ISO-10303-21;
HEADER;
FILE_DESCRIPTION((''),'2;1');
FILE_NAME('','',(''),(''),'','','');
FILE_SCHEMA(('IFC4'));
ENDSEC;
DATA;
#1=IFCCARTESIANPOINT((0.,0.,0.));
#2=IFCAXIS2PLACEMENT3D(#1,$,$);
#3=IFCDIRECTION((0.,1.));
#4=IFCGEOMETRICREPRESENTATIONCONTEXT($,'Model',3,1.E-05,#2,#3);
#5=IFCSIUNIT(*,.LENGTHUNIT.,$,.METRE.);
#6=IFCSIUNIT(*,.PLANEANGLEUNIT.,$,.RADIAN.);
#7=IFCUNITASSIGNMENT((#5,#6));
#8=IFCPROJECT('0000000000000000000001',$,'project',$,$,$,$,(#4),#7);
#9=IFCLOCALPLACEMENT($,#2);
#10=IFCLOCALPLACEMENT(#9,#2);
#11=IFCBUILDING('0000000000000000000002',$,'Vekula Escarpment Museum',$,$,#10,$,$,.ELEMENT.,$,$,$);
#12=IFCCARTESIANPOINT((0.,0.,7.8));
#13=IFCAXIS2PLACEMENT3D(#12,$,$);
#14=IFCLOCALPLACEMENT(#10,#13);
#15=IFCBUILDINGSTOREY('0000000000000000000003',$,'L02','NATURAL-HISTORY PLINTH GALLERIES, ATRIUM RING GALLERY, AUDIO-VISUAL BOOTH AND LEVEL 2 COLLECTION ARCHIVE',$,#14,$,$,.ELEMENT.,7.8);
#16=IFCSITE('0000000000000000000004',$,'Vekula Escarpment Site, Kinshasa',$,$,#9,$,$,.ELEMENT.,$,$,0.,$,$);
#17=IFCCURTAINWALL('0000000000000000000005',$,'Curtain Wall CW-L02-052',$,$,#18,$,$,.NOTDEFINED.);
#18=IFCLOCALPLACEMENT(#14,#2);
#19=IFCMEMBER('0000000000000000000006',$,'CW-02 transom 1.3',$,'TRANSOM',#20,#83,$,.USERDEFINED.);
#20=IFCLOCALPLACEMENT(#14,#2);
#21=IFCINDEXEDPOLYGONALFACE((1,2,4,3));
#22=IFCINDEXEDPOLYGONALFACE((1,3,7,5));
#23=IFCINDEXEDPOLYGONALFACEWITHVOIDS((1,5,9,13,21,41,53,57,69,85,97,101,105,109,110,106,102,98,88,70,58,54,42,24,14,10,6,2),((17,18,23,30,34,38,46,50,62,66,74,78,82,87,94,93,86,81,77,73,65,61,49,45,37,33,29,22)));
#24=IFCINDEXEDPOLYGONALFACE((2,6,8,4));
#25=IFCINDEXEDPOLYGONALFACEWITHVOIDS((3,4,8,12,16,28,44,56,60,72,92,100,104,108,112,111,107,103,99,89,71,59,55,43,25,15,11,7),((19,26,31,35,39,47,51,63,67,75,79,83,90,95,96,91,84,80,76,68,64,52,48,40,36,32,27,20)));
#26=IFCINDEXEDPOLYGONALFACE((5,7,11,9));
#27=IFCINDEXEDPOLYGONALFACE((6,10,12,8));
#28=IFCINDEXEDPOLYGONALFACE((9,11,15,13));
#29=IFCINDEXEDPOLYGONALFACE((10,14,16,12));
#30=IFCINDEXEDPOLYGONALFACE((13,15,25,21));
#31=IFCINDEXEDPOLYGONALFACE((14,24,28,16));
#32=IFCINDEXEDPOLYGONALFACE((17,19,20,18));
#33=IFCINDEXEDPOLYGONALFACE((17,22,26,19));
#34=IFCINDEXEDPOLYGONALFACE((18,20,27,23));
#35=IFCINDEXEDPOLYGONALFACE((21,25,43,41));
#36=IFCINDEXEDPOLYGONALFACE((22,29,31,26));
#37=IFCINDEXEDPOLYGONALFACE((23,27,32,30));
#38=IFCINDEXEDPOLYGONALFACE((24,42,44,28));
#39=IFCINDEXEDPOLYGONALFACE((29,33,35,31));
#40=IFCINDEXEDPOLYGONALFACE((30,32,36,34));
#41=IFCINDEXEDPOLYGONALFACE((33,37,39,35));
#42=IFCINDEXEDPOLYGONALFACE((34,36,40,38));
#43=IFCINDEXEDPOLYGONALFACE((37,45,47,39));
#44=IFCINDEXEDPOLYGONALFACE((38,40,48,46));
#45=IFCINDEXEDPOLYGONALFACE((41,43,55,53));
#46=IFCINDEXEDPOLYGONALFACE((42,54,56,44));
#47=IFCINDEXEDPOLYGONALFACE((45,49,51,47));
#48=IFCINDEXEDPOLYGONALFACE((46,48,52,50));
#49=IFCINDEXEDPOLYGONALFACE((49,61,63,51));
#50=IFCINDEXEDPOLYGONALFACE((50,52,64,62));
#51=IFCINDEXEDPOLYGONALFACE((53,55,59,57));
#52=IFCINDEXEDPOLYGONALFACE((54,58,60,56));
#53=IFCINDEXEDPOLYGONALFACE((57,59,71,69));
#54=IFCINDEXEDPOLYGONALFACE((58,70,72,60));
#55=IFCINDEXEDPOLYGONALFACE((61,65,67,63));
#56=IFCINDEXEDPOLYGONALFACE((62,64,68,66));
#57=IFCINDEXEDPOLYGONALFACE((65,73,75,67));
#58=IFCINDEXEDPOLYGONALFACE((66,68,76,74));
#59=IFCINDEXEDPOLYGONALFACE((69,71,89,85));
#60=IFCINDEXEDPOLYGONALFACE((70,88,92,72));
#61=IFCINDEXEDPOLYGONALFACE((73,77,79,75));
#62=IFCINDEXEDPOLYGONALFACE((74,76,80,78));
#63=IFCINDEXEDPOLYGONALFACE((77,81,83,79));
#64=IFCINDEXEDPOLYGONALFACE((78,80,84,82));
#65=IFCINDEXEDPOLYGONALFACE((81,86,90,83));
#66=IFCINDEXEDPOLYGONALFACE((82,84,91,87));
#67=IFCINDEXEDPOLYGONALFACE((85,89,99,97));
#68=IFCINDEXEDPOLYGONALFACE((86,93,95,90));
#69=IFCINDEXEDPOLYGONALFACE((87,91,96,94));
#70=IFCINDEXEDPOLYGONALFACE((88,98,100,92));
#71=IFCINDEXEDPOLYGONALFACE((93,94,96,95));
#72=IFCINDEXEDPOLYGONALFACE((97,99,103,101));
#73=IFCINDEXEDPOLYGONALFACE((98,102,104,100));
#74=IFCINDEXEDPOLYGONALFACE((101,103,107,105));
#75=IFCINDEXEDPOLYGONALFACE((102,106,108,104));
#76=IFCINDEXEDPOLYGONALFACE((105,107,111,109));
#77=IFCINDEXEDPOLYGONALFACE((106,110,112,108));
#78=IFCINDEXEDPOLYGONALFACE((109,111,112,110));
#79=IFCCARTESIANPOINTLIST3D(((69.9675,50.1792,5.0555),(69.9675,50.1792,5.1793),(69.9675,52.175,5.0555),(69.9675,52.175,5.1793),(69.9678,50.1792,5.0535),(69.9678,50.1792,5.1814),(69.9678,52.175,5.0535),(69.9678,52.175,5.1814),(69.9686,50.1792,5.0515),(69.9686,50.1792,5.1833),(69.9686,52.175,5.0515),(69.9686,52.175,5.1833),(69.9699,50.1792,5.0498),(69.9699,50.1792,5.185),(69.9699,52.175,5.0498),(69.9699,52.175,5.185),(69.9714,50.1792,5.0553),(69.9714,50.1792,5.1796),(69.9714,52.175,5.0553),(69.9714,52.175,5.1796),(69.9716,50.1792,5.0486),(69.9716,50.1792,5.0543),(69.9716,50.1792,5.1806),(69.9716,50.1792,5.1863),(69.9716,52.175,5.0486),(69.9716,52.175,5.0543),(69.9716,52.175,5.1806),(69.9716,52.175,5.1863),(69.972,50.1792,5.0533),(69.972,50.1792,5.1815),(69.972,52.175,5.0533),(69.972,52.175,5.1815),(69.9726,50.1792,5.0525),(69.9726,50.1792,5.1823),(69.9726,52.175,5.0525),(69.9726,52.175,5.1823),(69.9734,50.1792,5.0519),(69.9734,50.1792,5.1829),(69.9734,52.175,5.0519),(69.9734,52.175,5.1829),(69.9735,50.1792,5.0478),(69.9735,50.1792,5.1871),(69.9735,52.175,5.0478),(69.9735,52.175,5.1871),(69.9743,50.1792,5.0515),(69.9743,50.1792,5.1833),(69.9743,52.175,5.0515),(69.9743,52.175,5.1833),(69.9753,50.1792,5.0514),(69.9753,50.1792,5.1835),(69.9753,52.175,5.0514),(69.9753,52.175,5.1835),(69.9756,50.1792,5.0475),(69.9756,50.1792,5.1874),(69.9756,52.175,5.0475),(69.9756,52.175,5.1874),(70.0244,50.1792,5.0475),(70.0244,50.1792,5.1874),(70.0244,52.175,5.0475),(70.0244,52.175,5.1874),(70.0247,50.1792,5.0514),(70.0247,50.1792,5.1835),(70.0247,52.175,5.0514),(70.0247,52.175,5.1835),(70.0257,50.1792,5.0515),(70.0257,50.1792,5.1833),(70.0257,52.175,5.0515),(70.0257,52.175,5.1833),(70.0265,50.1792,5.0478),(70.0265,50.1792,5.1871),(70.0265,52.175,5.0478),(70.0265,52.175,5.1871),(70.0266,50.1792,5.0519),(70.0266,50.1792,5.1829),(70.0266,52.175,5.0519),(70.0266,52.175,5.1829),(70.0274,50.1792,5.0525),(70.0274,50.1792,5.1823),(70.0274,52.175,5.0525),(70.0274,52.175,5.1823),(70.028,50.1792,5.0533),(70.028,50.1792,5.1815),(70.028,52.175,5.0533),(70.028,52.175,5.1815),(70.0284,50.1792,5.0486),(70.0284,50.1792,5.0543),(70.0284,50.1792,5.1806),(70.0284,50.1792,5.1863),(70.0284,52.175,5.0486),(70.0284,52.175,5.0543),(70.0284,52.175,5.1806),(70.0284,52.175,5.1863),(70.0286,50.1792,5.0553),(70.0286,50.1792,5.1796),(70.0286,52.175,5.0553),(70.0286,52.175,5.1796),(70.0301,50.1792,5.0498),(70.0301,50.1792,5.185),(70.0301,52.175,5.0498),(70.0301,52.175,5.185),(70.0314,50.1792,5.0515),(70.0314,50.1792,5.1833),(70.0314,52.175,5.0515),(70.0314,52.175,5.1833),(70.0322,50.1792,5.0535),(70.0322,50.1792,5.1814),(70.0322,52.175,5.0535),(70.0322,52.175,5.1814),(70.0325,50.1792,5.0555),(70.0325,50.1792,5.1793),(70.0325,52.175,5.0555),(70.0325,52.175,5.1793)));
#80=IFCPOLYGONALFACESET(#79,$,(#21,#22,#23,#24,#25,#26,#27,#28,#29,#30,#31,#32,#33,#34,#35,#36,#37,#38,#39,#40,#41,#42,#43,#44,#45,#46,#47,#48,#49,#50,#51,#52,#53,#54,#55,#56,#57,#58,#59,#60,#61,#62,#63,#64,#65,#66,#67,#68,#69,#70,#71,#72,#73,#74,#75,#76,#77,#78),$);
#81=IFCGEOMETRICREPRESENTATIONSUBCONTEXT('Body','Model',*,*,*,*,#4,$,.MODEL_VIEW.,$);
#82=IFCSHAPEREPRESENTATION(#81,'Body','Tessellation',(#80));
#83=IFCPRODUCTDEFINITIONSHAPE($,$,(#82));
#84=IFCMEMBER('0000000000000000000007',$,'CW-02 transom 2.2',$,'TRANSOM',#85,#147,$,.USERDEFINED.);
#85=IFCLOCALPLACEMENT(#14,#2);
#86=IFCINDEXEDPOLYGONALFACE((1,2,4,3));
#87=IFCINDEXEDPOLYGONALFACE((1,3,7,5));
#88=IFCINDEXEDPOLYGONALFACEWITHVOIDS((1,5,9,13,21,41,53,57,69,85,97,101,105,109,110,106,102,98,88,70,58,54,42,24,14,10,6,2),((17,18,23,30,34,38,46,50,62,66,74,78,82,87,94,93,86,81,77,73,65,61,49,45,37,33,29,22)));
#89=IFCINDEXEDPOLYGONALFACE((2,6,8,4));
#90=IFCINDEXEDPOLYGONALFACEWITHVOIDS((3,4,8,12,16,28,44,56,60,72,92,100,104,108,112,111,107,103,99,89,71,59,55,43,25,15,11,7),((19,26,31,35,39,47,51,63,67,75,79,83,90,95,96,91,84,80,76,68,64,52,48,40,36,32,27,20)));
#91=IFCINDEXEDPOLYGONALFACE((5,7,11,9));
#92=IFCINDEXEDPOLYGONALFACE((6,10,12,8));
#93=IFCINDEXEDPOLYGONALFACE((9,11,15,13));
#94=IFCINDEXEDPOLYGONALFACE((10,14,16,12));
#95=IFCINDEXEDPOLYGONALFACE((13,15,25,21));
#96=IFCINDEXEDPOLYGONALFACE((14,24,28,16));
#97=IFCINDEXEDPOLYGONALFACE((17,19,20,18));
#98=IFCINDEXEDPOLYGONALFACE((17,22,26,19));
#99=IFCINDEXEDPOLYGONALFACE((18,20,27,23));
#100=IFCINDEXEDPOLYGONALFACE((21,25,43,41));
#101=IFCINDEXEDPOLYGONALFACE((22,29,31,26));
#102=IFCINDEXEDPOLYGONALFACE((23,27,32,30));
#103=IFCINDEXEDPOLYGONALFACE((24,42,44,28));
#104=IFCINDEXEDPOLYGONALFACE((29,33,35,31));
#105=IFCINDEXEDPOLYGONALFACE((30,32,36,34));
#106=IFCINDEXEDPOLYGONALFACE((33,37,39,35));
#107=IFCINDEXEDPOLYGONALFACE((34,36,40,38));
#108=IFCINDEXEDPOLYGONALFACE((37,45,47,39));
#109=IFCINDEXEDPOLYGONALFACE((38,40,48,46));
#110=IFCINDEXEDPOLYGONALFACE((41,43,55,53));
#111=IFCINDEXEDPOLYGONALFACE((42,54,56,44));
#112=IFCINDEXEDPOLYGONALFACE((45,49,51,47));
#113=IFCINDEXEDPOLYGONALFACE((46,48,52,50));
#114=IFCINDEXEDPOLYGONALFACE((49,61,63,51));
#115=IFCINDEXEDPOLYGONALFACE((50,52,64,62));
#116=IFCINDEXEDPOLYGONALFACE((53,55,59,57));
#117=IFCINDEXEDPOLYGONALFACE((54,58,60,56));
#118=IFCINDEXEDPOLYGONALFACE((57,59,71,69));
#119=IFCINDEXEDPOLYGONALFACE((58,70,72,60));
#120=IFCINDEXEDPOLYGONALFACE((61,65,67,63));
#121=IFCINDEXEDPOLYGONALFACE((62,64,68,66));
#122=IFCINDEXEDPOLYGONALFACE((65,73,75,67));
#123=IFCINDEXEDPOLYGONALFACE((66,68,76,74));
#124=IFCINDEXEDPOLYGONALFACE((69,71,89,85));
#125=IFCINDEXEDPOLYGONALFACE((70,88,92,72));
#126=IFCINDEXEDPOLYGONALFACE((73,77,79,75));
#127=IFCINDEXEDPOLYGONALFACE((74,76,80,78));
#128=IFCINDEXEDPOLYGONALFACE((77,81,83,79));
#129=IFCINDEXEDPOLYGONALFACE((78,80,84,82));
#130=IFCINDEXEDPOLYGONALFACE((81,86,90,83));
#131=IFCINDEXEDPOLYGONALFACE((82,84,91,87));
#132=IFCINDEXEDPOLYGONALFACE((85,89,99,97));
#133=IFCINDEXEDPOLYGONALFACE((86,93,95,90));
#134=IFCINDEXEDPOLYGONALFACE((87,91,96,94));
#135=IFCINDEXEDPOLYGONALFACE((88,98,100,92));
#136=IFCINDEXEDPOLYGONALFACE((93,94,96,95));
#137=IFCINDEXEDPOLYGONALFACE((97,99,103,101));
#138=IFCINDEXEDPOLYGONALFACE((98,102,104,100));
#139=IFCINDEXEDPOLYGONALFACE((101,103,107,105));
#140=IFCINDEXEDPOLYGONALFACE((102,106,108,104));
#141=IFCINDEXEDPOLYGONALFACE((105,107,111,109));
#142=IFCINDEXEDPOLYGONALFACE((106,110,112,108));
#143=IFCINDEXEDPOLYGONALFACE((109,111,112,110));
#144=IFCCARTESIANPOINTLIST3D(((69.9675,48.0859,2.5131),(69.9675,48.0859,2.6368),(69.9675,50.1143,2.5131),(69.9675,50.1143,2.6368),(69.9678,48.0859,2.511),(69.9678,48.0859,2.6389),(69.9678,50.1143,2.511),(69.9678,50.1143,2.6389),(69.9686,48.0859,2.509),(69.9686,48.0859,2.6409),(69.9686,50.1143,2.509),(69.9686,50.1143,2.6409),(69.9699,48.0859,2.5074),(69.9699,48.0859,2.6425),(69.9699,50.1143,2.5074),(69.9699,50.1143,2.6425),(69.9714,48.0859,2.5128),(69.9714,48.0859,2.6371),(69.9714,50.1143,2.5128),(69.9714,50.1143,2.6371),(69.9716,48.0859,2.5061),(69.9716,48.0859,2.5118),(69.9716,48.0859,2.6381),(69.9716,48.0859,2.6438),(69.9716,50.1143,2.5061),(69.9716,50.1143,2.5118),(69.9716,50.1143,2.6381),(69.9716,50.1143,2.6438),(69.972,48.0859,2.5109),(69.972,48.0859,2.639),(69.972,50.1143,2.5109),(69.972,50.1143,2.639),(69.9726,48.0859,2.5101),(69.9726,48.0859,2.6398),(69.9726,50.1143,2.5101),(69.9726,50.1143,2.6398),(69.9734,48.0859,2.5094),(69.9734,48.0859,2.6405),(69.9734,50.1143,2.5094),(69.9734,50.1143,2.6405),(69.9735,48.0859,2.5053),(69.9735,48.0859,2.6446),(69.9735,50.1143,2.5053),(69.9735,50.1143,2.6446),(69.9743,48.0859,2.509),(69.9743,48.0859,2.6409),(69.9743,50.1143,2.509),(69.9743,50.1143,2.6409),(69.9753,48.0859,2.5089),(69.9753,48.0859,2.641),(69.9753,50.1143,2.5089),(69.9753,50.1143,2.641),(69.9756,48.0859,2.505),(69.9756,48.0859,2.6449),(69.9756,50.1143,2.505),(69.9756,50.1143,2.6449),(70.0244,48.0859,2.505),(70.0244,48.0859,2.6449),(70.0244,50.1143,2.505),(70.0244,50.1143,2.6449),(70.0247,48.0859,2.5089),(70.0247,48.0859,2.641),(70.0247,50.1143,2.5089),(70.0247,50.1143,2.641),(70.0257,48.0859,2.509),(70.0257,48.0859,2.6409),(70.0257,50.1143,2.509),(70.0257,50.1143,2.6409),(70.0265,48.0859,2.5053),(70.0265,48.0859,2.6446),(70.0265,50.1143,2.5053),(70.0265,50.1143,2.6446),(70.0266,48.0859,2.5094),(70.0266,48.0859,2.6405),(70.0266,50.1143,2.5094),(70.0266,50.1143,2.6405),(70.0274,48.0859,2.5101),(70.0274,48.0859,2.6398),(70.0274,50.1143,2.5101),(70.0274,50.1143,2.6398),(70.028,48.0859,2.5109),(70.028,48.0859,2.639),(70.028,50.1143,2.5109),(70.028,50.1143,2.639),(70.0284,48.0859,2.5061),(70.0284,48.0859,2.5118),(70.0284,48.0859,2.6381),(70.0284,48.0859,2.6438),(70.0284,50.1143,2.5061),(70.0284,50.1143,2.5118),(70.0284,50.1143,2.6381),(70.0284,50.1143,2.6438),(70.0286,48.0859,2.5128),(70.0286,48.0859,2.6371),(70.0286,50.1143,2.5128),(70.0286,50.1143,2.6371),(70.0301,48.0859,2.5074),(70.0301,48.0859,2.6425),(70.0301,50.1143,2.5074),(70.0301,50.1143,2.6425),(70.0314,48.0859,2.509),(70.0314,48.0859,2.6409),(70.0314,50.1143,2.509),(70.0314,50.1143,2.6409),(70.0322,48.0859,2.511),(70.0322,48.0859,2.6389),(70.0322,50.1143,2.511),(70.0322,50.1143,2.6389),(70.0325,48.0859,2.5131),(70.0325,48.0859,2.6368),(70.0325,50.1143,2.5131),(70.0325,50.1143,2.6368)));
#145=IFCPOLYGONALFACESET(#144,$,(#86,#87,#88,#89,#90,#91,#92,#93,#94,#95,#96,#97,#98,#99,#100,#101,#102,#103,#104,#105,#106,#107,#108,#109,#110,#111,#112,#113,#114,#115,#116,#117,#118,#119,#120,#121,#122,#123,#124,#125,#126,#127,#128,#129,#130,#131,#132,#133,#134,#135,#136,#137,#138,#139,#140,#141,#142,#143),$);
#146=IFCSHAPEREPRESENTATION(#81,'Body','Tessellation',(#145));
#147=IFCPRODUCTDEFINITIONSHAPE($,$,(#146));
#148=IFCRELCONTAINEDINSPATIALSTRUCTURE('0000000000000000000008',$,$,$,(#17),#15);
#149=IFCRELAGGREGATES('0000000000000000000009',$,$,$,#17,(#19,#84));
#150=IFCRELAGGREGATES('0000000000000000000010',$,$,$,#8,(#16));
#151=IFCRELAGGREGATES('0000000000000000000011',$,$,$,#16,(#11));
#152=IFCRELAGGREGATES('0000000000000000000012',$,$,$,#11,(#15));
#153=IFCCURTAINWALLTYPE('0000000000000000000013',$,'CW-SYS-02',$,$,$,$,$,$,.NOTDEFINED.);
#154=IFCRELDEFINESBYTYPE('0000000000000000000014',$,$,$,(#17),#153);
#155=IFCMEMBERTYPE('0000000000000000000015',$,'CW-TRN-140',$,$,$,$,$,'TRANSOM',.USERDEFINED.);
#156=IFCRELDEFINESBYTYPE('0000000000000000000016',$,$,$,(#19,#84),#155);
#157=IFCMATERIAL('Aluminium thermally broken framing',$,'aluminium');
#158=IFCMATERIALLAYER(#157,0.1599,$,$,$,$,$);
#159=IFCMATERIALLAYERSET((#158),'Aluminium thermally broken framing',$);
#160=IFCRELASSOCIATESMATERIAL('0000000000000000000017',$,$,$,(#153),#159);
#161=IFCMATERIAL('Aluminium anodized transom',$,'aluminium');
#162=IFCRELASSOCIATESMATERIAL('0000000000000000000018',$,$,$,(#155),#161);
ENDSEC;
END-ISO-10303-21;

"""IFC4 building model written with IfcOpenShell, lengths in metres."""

from ifc_helpers import new_model, si_unit, direction, frame, origin, origin_2d, place, context, subcontext, project, spatial, hollow_rectangle, extrude, material, layer, layer_set, material_profile, profile_set, type_object, element, aggregate, save


model = new_model("IFC4")

# Units and contexts
model_context = context("Model", 3, precision=1e-05, world=origin(), true_north=direction((0.0, 1.0)))
body_context = subcontext(model_context, "Body", "Model", "MODEL_VIEW")
ifc_project = project(units=[si_unit("LENGTHUNIT", "METRE"), si_unit("PLANEANGLEUNIT", "RADIAN")], contexts=[model_context])

# Site, building, storey
site_placement = place(None, origin())
site = spatial("IfcSite", under=ifc_project, at=site_placement, Name="Vekula Escarpment Site, Kinshasa", CompositionType="ELEMENT", RefElevation=0.0)
building_placement = place(site_placement, origin())
building = spatial("IfcBuilding", under=site, at=building_placement, Name="Vekula Escarpment Museum", CompositionType="ELEMENT")
storey_placement = place(building_placement, frame((0.0, 0.0, 7.8)))
storey = spatial("IfcBuildingStorey", under=building, at=storey_placement, Name="L02", Description="NATURAL-HISTORY PLINTH GALLERIES, ATRIUM RING GALLERY, AUDIO-VISUAL BOOTH AND LEVEL 2 COLLECTION ARCHIVE", CompositionType="ELEMENT", Elevation=7.8)

# Curtain wall, members
ifc_material_1 = material(Name="Aluminium thermally broken framing", Category="aluminium")
ifc_layer_1 = layer(ifc_material_1, 0.1599)
ifc_layer_set_1 = layer_set([ifc_layer_1], Name="Aluminium thermally broken framing")
curtain_wall_type = type_object("IfcCurtainWallType", Name="CW-SYS-02", PredefinedType="NOTDEFINED", material=ifc_layer_set_1)
curtain_wall_placement = place(storey_placement, origin())
curtain_wall = element("IfcCurtainWall", 1, at=curtain_wall_placement, inside=storey, type_object=curtain_wall_type, Name="Curtain Wall CW-L02-052", PredefinedType="NOTDEFINED")
ifc_material_2 = material(Name="Aluminium anodized transom", Category="aluminium")
ifc_material_profile_1 = material_profile(ifc_material_2, hollow_rectangle(XDim=0.0649, YDim=0.1399, WallThickness=0.0039, InnerFilletRadius=0.0039, OuterFilletRadius=0.0081, at=origin_2d()), Name="ALU 140x65x4")
ifc_profile_set_1 = profile_set([ifc_material_profile_1], Name="Aluminium anodized transom")
member_type_1 = type_object("IfcMemberType", Name="CW-TRN-140", ElementType="TRANSOM", PredefinedType="USERDEFINED", material=ifc_profile_set_1)
member_1_placement = place(storey_placement, frame((70.0, 52.175, 5.1174), z_axis=(0.0, -1.0, 0.0), x_axis=(1.0, 0.0, 0.0)))
member_1 = element("IfcMember", 2, at=member_1_placement, type_object=member_type_1, Name="CW-02 transom 1.3", ObjectType="TRANSOM", PredefinedType="USERDEFINED", context=body_context, shape_type="SweptSolid", body=[
    extrude(hollow_rectangle(XDim=0.0649, YDim=0.1399, WallThickness=0.0039, InnerFilletRadius=0.0039, OuterFilletRadius=0.0081, at=origin_2d()), origin(), (0.0, 0.0, 1.0), 1.9958),
])
member_2_placement = place(storey_placement, frame((70.0, 50.1143, 2.575), z_axis=(0.0, -1.0, 0.0), x_axis=(1.0, 0.0, 0.0)))
member_2 = element("IfcMember", 3, at=member_2_placement, type_object=member_type_1, Name="CW-02 transom 2.2", ObjectType="TRANSOM", PredefinedType="USERDEFINED", context=body_context, shape_type="SweptSolid", body=[
    extrude(hollow_rectangle(XDim=0.0649, YDim=0.1399, WallThickness=0.0039, InnerFilletRadius=0.0039, OuterFilletRadius=0.0081, at=origin_2d()), origin(), (0.0, 0.0, 1.0), 2.0283),
])
aggregate(curtain_wall, [member_1, member_2])

save(model, "model.ifc")
